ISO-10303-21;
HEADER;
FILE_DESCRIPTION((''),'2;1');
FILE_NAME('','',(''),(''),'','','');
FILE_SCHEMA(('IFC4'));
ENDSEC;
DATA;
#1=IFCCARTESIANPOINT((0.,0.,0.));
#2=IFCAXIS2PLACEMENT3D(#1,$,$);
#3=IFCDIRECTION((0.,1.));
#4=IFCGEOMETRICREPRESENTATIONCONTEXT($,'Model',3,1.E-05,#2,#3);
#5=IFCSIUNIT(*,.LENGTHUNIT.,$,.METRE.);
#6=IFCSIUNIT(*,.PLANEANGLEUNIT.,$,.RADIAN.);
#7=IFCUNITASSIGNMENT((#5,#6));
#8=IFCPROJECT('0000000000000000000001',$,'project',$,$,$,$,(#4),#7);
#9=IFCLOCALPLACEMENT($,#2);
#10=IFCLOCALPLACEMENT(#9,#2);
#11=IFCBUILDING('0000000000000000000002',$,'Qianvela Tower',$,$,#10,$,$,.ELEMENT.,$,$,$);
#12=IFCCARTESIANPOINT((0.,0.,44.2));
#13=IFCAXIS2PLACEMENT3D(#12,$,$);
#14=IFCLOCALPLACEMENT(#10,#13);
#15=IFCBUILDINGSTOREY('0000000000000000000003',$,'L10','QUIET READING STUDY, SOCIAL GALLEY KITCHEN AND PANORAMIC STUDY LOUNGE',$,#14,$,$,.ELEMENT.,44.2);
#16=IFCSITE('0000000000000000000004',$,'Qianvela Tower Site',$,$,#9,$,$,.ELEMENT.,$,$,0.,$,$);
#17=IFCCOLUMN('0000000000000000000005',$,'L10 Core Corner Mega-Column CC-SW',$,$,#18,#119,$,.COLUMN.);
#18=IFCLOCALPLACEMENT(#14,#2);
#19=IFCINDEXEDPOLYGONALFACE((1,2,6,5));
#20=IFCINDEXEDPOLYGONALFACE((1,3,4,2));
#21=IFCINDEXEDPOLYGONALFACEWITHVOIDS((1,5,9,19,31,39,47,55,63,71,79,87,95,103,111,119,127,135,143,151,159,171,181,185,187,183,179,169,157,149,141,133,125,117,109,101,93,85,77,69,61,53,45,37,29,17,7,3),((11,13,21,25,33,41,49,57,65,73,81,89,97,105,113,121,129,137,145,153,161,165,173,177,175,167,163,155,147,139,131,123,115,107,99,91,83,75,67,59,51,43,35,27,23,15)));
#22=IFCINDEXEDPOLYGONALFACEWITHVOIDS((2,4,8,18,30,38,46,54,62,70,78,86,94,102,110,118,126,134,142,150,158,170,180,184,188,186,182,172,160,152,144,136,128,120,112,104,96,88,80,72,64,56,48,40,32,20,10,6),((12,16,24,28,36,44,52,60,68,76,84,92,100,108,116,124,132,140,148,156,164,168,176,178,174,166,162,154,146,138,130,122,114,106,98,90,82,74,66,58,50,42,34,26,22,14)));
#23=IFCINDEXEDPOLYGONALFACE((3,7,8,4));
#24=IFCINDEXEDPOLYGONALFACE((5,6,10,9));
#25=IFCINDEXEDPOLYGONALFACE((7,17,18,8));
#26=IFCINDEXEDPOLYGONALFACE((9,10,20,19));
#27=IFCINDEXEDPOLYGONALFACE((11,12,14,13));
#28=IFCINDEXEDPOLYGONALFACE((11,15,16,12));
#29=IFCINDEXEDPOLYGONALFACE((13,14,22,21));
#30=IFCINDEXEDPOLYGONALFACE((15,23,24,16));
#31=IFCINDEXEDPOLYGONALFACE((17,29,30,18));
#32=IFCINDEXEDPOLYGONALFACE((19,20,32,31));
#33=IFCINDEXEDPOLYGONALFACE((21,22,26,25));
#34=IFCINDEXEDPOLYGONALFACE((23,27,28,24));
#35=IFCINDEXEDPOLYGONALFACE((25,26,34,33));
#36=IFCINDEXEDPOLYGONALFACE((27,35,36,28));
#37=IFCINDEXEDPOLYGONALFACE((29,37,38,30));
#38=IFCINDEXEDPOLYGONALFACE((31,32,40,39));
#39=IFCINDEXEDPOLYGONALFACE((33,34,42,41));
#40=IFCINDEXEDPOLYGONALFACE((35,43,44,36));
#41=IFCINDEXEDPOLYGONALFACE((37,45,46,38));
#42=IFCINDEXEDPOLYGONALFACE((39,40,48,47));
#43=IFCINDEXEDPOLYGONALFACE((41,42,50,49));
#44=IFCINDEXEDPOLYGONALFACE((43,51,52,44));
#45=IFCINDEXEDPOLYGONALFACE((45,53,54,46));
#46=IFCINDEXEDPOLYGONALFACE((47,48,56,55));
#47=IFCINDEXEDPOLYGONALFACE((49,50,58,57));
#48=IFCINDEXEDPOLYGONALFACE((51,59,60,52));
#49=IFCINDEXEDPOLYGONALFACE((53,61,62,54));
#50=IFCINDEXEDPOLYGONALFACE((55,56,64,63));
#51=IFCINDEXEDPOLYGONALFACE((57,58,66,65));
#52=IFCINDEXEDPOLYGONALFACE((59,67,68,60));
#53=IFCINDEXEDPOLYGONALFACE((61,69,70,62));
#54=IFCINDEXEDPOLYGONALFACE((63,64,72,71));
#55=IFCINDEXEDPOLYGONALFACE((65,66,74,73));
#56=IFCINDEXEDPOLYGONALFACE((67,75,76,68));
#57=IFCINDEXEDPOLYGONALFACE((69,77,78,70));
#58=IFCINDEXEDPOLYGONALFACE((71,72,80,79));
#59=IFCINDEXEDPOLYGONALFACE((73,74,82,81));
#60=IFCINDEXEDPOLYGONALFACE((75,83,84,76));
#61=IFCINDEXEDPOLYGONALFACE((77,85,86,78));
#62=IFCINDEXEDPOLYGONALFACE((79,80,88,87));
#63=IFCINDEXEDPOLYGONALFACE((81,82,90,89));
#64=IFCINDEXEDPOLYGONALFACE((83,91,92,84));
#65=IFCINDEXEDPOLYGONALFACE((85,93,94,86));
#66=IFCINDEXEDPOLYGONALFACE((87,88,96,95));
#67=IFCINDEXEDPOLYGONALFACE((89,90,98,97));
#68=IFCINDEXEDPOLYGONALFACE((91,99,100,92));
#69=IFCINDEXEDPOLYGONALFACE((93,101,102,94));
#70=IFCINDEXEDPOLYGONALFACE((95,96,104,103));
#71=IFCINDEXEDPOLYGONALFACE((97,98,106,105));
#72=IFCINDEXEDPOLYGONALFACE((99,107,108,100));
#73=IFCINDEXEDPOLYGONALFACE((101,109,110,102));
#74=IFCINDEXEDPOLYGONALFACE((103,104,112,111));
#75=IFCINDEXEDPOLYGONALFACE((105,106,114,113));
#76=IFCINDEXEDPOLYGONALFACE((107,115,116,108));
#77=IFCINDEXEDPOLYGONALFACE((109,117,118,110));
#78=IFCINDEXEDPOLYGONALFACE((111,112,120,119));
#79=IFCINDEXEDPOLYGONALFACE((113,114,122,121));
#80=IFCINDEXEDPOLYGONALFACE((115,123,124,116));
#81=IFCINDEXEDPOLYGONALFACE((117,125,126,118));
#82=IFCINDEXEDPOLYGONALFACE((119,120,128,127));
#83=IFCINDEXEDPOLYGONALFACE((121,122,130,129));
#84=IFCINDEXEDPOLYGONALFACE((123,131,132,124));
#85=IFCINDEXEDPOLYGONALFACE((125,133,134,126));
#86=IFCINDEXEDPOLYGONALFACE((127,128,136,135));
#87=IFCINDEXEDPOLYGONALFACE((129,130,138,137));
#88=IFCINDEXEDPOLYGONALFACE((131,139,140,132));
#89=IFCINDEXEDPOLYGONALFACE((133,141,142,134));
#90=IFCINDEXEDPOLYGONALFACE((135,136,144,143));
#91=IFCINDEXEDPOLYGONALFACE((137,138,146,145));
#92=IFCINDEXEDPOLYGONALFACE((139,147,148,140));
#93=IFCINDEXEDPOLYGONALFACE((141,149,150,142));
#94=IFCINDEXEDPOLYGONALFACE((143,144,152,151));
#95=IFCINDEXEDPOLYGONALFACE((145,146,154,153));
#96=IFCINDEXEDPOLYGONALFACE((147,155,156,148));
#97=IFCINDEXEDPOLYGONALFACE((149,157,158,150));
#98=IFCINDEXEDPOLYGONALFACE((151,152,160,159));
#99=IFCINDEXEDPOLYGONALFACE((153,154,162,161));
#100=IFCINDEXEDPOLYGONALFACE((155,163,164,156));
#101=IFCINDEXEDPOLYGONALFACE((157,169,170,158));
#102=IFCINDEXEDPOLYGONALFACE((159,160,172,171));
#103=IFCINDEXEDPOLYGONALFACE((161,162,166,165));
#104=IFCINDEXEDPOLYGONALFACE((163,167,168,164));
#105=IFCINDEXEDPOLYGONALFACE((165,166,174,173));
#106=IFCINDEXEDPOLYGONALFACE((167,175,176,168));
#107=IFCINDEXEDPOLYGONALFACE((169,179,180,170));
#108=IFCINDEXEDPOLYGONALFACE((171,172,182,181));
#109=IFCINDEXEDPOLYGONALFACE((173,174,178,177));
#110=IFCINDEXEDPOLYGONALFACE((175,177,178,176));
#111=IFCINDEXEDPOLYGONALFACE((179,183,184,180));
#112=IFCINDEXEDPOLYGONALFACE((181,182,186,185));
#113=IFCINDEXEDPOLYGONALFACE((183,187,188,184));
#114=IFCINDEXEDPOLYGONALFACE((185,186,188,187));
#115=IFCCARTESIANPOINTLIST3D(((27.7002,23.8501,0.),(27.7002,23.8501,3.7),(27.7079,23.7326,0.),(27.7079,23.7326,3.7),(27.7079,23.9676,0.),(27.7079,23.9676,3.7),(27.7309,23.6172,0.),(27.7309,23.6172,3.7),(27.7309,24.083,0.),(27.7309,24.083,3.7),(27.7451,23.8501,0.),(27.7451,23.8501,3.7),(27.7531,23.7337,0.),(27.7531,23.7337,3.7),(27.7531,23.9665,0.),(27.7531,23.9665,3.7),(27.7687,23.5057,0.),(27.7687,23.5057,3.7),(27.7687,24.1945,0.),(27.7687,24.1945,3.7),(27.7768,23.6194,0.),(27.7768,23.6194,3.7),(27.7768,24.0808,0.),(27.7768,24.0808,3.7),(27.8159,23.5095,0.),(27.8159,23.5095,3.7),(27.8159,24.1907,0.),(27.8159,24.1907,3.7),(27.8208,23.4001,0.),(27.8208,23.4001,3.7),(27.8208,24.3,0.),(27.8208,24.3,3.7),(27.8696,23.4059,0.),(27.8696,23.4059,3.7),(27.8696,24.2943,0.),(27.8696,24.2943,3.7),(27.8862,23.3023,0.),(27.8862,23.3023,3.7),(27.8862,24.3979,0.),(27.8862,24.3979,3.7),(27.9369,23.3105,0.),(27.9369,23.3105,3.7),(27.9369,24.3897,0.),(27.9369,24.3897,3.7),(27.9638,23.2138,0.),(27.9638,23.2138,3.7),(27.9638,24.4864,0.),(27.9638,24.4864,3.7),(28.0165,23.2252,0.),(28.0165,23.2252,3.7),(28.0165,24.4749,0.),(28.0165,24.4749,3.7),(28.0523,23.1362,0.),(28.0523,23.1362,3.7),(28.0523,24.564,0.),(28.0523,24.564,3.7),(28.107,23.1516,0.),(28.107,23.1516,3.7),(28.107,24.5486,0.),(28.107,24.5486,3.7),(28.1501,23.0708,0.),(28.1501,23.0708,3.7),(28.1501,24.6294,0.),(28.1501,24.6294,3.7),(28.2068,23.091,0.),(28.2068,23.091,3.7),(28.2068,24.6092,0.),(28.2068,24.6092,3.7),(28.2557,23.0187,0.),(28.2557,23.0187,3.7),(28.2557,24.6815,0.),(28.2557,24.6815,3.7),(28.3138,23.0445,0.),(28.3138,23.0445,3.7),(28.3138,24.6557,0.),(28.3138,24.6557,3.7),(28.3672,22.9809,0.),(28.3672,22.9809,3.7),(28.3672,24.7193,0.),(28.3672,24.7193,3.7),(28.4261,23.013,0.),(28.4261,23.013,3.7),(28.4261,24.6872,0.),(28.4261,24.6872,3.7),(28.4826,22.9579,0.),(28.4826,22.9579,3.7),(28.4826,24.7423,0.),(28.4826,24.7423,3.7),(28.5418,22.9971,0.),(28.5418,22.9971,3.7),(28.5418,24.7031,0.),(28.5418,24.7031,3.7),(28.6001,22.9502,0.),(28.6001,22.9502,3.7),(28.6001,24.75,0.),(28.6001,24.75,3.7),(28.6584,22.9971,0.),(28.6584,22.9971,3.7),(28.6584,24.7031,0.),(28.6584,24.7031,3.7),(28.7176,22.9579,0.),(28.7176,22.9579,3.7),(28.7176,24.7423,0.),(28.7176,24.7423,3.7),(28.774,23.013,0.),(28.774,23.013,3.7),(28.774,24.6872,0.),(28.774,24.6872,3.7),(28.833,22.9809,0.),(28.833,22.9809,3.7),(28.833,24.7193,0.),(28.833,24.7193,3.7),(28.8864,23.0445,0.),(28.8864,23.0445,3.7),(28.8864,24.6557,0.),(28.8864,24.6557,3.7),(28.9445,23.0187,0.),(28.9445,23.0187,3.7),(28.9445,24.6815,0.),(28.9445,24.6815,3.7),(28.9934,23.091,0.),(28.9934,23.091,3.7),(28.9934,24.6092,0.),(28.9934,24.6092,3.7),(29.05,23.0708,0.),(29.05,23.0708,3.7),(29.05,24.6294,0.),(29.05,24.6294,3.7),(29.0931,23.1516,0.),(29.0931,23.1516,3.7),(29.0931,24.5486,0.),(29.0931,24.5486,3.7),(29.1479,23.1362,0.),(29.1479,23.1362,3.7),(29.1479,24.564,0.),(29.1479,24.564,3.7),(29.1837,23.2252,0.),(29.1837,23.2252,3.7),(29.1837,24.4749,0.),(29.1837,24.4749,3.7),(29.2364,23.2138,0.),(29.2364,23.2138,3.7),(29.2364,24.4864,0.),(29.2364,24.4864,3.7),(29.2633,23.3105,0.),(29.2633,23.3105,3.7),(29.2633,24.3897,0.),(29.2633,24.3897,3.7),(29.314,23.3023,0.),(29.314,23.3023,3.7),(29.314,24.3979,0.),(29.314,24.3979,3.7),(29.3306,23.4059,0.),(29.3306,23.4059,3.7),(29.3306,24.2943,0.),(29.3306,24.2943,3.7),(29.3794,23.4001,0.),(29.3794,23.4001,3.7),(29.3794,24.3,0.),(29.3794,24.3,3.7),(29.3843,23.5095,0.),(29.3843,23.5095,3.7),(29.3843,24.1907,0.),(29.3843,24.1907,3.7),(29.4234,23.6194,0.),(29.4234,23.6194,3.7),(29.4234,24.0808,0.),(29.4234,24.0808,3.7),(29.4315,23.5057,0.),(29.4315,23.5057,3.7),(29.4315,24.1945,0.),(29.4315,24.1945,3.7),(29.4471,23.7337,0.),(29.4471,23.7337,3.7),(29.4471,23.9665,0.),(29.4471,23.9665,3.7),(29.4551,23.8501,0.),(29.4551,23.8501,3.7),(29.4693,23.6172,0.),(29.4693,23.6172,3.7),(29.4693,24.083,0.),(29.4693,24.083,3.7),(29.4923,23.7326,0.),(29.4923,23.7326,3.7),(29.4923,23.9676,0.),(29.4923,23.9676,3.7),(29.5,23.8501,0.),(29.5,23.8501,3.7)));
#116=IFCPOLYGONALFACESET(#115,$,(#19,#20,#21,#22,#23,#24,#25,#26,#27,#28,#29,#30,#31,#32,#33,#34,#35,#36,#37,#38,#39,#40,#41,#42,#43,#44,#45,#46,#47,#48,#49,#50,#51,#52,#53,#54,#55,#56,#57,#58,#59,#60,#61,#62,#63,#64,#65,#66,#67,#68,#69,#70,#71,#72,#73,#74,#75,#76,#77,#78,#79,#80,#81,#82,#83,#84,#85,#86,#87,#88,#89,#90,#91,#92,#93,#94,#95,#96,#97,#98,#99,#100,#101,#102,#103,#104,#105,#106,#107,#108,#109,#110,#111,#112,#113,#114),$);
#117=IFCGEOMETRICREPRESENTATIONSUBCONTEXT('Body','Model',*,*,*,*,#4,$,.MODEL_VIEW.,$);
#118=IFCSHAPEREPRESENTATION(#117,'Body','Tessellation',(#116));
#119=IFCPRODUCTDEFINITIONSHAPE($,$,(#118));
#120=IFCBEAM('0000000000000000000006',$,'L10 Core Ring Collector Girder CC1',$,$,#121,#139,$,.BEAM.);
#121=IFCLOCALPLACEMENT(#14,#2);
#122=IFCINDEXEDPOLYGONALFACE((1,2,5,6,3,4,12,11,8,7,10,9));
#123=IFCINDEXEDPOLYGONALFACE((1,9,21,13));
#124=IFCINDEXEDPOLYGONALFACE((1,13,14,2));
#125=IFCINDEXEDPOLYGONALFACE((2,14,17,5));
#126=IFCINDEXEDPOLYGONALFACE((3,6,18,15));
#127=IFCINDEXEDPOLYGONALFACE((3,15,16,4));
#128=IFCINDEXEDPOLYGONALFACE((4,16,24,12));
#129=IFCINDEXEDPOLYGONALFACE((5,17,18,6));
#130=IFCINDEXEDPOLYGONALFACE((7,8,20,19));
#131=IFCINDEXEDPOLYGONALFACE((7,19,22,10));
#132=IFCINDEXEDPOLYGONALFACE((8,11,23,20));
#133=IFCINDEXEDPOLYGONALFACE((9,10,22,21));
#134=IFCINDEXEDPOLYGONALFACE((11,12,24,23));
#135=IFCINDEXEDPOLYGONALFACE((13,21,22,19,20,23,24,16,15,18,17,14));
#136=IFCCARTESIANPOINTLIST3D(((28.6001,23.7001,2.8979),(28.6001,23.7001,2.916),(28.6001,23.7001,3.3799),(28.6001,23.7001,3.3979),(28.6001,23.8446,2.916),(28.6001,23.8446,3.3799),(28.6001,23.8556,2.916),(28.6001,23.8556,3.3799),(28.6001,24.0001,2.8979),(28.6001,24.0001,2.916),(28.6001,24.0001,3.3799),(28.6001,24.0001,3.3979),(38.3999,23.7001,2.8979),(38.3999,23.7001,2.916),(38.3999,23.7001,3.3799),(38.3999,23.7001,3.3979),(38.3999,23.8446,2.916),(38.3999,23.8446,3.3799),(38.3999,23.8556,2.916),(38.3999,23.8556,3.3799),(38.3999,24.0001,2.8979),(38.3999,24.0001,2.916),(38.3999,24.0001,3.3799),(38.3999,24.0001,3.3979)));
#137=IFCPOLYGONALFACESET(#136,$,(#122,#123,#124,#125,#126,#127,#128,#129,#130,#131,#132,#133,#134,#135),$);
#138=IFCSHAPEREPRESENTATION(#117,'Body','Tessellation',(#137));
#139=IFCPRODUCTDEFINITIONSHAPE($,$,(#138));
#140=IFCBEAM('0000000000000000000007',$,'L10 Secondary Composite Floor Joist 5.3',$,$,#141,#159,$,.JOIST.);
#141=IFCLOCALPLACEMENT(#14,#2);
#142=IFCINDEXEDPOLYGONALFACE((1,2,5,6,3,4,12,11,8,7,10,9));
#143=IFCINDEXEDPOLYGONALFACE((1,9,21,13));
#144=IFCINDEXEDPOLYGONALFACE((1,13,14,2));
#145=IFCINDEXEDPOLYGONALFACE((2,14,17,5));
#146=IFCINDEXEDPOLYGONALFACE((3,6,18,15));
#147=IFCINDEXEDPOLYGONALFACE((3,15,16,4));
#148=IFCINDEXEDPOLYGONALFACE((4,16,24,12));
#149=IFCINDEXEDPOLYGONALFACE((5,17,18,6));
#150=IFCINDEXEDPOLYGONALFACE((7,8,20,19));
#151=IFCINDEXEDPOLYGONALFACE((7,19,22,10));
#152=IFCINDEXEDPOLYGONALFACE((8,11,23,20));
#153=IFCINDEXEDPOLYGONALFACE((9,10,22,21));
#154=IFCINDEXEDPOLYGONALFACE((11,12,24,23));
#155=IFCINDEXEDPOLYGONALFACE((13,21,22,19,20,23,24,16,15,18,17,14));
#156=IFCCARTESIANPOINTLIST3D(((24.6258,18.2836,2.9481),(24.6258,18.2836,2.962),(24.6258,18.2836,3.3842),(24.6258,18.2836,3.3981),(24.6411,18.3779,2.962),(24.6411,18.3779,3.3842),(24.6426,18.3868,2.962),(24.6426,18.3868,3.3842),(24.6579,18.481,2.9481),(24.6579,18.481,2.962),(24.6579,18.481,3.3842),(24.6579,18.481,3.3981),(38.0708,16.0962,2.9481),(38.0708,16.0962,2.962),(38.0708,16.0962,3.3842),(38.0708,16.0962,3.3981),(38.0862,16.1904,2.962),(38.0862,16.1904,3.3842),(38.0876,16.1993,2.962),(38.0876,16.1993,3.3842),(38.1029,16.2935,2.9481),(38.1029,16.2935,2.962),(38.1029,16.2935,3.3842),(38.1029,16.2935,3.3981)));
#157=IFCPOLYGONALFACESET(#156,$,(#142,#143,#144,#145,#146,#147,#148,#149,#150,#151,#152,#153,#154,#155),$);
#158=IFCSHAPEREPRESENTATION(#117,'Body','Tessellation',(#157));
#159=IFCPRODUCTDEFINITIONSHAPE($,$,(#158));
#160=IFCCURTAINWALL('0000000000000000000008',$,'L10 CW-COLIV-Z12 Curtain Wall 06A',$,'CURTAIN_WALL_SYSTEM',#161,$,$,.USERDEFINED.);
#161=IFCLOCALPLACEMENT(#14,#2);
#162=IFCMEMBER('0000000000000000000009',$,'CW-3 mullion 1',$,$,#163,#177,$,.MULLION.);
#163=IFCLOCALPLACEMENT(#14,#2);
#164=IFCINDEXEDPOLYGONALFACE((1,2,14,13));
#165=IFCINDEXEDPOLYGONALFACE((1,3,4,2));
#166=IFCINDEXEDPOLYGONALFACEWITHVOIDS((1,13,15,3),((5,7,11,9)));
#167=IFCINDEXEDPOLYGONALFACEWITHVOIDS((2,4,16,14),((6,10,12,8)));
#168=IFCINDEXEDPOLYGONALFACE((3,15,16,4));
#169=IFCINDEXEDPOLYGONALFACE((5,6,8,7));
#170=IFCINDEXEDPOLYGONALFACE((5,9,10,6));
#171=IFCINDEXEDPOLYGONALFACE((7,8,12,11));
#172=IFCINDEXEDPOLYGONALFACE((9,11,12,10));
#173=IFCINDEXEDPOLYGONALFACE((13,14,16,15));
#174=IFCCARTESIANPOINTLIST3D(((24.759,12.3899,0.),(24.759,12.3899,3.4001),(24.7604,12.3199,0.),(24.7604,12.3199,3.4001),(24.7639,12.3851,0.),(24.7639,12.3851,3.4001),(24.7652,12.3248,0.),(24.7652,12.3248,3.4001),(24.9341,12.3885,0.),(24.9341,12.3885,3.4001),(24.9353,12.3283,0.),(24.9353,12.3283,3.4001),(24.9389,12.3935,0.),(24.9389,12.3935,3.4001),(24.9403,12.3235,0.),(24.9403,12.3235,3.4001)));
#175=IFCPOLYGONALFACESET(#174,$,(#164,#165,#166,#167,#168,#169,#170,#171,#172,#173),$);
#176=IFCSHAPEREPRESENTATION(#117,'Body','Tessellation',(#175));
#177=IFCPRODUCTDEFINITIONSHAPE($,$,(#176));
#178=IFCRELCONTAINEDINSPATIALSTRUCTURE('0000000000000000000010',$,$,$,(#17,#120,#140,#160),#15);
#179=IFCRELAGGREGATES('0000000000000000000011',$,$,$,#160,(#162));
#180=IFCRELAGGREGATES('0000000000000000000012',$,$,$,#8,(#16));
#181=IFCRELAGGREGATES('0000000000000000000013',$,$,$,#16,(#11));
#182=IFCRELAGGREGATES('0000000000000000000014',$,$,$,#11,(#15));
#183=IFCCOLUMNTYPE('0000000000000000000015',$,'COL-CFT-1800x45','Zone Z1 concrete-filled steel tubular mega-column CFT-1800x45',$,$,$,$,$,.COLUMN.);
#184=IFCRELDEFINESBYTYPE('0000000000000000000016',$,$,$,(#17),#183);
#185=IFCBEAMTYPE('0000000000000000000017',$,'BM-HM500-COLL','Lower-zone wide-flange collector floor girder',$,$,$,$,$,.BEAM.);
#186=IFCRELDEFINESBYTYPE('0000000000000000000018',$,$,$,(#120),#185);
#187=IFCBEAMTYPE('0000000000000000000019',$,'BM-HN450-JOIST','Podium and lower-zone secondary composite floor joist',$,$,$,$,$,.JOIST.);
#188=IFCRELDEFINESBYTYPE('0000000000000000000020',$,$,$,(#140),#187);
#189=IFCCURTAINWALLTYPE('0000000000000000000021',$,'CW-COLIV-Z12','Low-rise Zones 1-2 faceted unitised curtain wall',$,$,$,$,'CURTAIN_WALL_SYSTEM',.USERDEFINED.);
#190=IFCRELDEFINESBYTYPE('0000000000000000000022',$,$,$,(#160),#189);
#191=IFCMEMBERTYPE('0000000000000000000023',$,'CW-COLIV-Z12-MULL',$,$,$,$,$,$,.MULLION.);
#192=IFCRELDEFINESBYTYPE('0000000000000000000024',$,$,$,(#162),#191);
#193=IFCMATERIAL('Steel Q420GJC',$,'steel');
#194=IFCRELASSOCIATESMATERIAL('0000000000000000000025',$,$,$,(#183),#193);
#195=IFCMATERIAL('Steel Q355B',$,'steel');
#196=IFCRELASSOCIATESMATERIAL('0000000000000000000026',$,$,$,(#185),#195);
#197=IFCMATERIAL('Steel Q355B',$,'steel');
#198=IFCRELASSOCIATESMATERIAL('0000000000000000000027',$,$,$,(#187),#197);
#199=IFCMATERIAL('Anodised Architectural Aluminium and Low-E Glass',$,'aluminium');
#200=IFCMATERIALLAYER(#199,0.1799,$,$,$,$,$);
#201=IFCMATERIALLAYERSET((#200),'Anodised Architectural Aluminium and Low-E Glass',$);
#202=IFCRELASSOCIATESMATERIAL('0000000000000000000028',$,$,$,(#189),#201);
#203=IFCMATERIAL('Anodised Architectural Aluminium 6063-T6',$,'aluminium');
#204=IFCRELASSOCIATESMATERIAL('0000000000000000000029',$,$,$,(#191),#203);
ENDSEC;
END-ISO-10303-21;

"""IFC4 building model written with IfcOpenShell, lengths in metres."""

from ifc_helpers import new_model, si_unit, direction, frame, origin, origin_2d, place, context, subcontext, project, spatial, hollow_rectangle, hollow_circle, i_section, extrude, material, layer, layer_set, material_profile, profile_set, type_object, element, aggregate, save


model = new_model("IFC4")

# Units and contexts
model_context = context("Model", 3, precision=1e-05, world=origin(), true_north=direction((0.0, 1.0)))
body_context = subcontext(model_context, "Body", "Model", "MODEL_VIEW")
ifc_project = project(units=[si_unit("LENGTHUNIT", "METRE"), si_unit("PLANEANGLEUNIT", "RADIAN")], contexts=[model_context])

# Site, building, storey
site_placement = place(None, origin())
site = spatial("IfcSite", under=ifc_project, at=site_placement, Name="Qianvela Tower Site", CompositionType="ELEMENT", RefElevation=0.0)
building_placement = place(site_placement, origin())
building = spatial("IfcBuilding", under=site, at=building_placement, Name="Qianvela Tower", CompositionType="ELEMENT")
storey_placement = place(building_placement, frame((0.0, 0.0, 44.2)))
storey = spatial("IfcBuildingStorey", under=building, at=storey_placement, Name="L10", Description="QUIET READING STUDY, SOCIAL GALLEY KITCHEN AND PANORAMIC STUDY LOUNGE", CompositionType="ELEMENT", Elevation=44.2)

# Column
ifc_material_1 = material(Name="Steel Q420GJC", Category="steel")
ifc_material_profile_1 = material_profile(ifc_material_1, hollow_circle(Radius=0.8999, WallThickness=0.0449, at=origin_2d()), Name="CFT-1800x45")
ifc_profile_set_1 = profile_set([ifc_material_profile_1], Name="Steel Q420GJC")
column_type = type_object("IfcColumnType", Name="COL-CFT-1800x45", Description="Zone Z1 concrete-filled steel tubular mega-column CFT-1800x45", PredefinedType="COLUMN", material=ifc_profile_set_1)
column_placement = place(storey_placement, frame((28.6001, 23.8501, 0.0), z_axis=(0.0, 0.0, 1.0), x_axis=(1.0, 0.0, 0.0)))
element("IfcColumn", 1, at=column_placement, inside=storey, type_object=column_type, Name="L10 Core Corner Mega-Column CC-SW", PredefinedType="COLUMN", context=body_context, shape_type="SweptSolid", body=[
    extrude(hollow_circle(Radius=0.8999, WallThickness=0.0449, at=origin_2d()), origin(), (0.0, 0.0, 1.0), 3.7),
])

# Beams
ifc_material_2 = material(Name="Steel Q355B", Category="steel")
ifc_material_profile_2 = material_profile(ifc_material_2, i_section(OverallWidth=0.3, OverallDepth=0.5, WebThickness=0.011, FlangeThickness=0.0181, at=origin_2d()), Name="HM500x300x11x18")
ifc_profile_set_2 = profile_set([ifc_material_profile_2], Name="Steel Q355B")
beam_type_1 = type_object("IfcBeamType", Name="BM-HM500-COLL", Description="Lower-zone wide-flange collector floor girder", PredefinedType="BEAM", material=ifc_profile_set_2)
beam_1_placement = place(storey_placement, frame((28.6001, 23.8501, 3.1479), z_axis=(1.0, 0.0, 0.0), x_axis=(0.0, 1.0, 0.0)))
element("IfcBeam", 2, at=beam_1_placement, inside=storey, type_object=beam_type_1, Name="L10 Core Ring Collector Girder CC1", PredefinedType="BEAM", context=body_context, shape_type="SweptSolid", body=[
    extrude(i_section(OverallWidth=0.3, OverallDepth=0.5, WebThickness=0.011, FlangeThickness=0.0181, at=origin_2d()), origin(), (0.0, 0.0, 1.0), 9.7998),
])
ifc_material_3 = material(Name="Steel Q355B", Category="steel")
ifc_material_profile_3 = material_profile(ifc_material_3, i_section(OverallWidth=0.2, OverallDepth=0.45, WebThickness=0.009, FlangeThickness=0.0139, at=origin_2d()), Name="HN450x200x9x14")
ifc_profile_set_3 = profile_set([ifc_material_profile_3], Name="Steel Q355B")
beam_type_2 = type_object("IfcBeamType", Name="BM-HN450-JOIST", Description="Podium and lower-zone secondary composite floor joist", PredefinedType="JOIST", material=ifc_profile_set_3)
beam_2_placement = place(storey_placement, frame((24.6418, 18.3823, 3.1731), z_axis=(0.987022, -0.160587, 0.0), x_axis=(0.160587, 0.987022, 0.0)))
element("IfcBeam", 3, at=beam_2_placement, inside=storey, type_object=beam_type_2, Name="L10 Secondary Composite Floor Joist 5.3", PredefinedType="JOIST", context=body_context, shape_type="SweptSolid", body=[
    extrude(i_section(OverallWidth=0.2, OverallDepth=0.45, WebThickness=0.009, FlangeThickness=0.0139, at=origin_2d()), origin(), (0.0, 0.0, 1.0), 13.6218),
])

# Curtain wall, member
ifc_material_4 = material(Name="Anodised Architectural Aluminium and Low-E Glass", Category="aluminium")
ifc_layer_1 = layer(ifc_material_4, 0.1799)
ifc_layer_set_1 = layer_set([ifc_layer_1], Name="Anodised Architectural Aluminium and Low-E Glass")
curtain_wall_type = type_object("IfcCurtainWallType", Name="CW-COLIV-Z12", Description="Low-rise Zones 1-2 faceted unitised curtain wall", ElementType="CURTAIN_WALL_SYSTEM", PredefinedType="USERDEFINED", material=ifc_layer_set_1)
curtain_wall_placement = place(storey_placement, origin())
curtain_wall = element("IfcCurtainWall", 4, at=curtain_wall_placement, inside=storey, type_object=curtain_wall_type, Name="L10 CW-COLIV-Z12 Curtain Wall 06A", ObjectType="CURTAIN_WALL_SYSTEM", PredefinedType="USERDEFINED")
ifc_material_5 = material(Name="Anodised Architectural Aluminium 6063-T6", Category="aluminium")
ifc_material_profile_4 = material_profile(ifc_material_5, hollow_rectangle(XDim=0.0701, YDim=0.1799, WallThickness=0.0049, at=origin_2d()), Name="ALU-MULL-70x180")
ifc_profile_set_4 = profile_set([ifc_material_profile_4], Name="Anodised Architectural Aluminium 6063-T6")
member_type_1 = type_object("IfcMemberType", Name="CW-COLIV-Z12-MULL", PredefinedType="MULLION", material=ifc_profile_set_4)
member_1_placement = place(storey_placement, frame((24.8496, 12.3567, 0.0), z_axis=(0.0, 0.0, 1.0), x_axis=(-0.020121, 0.999798, 0.0)))
member_1 = element("IfcMember", 5, at=member_1_placement, type_object=member_type_1, Name="CW-3 mullion 1", PredefinedType="MULLION", context=body_context, shape_type="SweptSolid", body=[
    extrude(hollow_rectangle(XDim=0.0701, YDim=0.1799, WallThickness=0.0049, at=origin_2d()), origin(), (0.0, 0.0, 1.0), 3.4001),
])
aggregate(curtain_wall, [member_1])

save(model, "model.ifc")
